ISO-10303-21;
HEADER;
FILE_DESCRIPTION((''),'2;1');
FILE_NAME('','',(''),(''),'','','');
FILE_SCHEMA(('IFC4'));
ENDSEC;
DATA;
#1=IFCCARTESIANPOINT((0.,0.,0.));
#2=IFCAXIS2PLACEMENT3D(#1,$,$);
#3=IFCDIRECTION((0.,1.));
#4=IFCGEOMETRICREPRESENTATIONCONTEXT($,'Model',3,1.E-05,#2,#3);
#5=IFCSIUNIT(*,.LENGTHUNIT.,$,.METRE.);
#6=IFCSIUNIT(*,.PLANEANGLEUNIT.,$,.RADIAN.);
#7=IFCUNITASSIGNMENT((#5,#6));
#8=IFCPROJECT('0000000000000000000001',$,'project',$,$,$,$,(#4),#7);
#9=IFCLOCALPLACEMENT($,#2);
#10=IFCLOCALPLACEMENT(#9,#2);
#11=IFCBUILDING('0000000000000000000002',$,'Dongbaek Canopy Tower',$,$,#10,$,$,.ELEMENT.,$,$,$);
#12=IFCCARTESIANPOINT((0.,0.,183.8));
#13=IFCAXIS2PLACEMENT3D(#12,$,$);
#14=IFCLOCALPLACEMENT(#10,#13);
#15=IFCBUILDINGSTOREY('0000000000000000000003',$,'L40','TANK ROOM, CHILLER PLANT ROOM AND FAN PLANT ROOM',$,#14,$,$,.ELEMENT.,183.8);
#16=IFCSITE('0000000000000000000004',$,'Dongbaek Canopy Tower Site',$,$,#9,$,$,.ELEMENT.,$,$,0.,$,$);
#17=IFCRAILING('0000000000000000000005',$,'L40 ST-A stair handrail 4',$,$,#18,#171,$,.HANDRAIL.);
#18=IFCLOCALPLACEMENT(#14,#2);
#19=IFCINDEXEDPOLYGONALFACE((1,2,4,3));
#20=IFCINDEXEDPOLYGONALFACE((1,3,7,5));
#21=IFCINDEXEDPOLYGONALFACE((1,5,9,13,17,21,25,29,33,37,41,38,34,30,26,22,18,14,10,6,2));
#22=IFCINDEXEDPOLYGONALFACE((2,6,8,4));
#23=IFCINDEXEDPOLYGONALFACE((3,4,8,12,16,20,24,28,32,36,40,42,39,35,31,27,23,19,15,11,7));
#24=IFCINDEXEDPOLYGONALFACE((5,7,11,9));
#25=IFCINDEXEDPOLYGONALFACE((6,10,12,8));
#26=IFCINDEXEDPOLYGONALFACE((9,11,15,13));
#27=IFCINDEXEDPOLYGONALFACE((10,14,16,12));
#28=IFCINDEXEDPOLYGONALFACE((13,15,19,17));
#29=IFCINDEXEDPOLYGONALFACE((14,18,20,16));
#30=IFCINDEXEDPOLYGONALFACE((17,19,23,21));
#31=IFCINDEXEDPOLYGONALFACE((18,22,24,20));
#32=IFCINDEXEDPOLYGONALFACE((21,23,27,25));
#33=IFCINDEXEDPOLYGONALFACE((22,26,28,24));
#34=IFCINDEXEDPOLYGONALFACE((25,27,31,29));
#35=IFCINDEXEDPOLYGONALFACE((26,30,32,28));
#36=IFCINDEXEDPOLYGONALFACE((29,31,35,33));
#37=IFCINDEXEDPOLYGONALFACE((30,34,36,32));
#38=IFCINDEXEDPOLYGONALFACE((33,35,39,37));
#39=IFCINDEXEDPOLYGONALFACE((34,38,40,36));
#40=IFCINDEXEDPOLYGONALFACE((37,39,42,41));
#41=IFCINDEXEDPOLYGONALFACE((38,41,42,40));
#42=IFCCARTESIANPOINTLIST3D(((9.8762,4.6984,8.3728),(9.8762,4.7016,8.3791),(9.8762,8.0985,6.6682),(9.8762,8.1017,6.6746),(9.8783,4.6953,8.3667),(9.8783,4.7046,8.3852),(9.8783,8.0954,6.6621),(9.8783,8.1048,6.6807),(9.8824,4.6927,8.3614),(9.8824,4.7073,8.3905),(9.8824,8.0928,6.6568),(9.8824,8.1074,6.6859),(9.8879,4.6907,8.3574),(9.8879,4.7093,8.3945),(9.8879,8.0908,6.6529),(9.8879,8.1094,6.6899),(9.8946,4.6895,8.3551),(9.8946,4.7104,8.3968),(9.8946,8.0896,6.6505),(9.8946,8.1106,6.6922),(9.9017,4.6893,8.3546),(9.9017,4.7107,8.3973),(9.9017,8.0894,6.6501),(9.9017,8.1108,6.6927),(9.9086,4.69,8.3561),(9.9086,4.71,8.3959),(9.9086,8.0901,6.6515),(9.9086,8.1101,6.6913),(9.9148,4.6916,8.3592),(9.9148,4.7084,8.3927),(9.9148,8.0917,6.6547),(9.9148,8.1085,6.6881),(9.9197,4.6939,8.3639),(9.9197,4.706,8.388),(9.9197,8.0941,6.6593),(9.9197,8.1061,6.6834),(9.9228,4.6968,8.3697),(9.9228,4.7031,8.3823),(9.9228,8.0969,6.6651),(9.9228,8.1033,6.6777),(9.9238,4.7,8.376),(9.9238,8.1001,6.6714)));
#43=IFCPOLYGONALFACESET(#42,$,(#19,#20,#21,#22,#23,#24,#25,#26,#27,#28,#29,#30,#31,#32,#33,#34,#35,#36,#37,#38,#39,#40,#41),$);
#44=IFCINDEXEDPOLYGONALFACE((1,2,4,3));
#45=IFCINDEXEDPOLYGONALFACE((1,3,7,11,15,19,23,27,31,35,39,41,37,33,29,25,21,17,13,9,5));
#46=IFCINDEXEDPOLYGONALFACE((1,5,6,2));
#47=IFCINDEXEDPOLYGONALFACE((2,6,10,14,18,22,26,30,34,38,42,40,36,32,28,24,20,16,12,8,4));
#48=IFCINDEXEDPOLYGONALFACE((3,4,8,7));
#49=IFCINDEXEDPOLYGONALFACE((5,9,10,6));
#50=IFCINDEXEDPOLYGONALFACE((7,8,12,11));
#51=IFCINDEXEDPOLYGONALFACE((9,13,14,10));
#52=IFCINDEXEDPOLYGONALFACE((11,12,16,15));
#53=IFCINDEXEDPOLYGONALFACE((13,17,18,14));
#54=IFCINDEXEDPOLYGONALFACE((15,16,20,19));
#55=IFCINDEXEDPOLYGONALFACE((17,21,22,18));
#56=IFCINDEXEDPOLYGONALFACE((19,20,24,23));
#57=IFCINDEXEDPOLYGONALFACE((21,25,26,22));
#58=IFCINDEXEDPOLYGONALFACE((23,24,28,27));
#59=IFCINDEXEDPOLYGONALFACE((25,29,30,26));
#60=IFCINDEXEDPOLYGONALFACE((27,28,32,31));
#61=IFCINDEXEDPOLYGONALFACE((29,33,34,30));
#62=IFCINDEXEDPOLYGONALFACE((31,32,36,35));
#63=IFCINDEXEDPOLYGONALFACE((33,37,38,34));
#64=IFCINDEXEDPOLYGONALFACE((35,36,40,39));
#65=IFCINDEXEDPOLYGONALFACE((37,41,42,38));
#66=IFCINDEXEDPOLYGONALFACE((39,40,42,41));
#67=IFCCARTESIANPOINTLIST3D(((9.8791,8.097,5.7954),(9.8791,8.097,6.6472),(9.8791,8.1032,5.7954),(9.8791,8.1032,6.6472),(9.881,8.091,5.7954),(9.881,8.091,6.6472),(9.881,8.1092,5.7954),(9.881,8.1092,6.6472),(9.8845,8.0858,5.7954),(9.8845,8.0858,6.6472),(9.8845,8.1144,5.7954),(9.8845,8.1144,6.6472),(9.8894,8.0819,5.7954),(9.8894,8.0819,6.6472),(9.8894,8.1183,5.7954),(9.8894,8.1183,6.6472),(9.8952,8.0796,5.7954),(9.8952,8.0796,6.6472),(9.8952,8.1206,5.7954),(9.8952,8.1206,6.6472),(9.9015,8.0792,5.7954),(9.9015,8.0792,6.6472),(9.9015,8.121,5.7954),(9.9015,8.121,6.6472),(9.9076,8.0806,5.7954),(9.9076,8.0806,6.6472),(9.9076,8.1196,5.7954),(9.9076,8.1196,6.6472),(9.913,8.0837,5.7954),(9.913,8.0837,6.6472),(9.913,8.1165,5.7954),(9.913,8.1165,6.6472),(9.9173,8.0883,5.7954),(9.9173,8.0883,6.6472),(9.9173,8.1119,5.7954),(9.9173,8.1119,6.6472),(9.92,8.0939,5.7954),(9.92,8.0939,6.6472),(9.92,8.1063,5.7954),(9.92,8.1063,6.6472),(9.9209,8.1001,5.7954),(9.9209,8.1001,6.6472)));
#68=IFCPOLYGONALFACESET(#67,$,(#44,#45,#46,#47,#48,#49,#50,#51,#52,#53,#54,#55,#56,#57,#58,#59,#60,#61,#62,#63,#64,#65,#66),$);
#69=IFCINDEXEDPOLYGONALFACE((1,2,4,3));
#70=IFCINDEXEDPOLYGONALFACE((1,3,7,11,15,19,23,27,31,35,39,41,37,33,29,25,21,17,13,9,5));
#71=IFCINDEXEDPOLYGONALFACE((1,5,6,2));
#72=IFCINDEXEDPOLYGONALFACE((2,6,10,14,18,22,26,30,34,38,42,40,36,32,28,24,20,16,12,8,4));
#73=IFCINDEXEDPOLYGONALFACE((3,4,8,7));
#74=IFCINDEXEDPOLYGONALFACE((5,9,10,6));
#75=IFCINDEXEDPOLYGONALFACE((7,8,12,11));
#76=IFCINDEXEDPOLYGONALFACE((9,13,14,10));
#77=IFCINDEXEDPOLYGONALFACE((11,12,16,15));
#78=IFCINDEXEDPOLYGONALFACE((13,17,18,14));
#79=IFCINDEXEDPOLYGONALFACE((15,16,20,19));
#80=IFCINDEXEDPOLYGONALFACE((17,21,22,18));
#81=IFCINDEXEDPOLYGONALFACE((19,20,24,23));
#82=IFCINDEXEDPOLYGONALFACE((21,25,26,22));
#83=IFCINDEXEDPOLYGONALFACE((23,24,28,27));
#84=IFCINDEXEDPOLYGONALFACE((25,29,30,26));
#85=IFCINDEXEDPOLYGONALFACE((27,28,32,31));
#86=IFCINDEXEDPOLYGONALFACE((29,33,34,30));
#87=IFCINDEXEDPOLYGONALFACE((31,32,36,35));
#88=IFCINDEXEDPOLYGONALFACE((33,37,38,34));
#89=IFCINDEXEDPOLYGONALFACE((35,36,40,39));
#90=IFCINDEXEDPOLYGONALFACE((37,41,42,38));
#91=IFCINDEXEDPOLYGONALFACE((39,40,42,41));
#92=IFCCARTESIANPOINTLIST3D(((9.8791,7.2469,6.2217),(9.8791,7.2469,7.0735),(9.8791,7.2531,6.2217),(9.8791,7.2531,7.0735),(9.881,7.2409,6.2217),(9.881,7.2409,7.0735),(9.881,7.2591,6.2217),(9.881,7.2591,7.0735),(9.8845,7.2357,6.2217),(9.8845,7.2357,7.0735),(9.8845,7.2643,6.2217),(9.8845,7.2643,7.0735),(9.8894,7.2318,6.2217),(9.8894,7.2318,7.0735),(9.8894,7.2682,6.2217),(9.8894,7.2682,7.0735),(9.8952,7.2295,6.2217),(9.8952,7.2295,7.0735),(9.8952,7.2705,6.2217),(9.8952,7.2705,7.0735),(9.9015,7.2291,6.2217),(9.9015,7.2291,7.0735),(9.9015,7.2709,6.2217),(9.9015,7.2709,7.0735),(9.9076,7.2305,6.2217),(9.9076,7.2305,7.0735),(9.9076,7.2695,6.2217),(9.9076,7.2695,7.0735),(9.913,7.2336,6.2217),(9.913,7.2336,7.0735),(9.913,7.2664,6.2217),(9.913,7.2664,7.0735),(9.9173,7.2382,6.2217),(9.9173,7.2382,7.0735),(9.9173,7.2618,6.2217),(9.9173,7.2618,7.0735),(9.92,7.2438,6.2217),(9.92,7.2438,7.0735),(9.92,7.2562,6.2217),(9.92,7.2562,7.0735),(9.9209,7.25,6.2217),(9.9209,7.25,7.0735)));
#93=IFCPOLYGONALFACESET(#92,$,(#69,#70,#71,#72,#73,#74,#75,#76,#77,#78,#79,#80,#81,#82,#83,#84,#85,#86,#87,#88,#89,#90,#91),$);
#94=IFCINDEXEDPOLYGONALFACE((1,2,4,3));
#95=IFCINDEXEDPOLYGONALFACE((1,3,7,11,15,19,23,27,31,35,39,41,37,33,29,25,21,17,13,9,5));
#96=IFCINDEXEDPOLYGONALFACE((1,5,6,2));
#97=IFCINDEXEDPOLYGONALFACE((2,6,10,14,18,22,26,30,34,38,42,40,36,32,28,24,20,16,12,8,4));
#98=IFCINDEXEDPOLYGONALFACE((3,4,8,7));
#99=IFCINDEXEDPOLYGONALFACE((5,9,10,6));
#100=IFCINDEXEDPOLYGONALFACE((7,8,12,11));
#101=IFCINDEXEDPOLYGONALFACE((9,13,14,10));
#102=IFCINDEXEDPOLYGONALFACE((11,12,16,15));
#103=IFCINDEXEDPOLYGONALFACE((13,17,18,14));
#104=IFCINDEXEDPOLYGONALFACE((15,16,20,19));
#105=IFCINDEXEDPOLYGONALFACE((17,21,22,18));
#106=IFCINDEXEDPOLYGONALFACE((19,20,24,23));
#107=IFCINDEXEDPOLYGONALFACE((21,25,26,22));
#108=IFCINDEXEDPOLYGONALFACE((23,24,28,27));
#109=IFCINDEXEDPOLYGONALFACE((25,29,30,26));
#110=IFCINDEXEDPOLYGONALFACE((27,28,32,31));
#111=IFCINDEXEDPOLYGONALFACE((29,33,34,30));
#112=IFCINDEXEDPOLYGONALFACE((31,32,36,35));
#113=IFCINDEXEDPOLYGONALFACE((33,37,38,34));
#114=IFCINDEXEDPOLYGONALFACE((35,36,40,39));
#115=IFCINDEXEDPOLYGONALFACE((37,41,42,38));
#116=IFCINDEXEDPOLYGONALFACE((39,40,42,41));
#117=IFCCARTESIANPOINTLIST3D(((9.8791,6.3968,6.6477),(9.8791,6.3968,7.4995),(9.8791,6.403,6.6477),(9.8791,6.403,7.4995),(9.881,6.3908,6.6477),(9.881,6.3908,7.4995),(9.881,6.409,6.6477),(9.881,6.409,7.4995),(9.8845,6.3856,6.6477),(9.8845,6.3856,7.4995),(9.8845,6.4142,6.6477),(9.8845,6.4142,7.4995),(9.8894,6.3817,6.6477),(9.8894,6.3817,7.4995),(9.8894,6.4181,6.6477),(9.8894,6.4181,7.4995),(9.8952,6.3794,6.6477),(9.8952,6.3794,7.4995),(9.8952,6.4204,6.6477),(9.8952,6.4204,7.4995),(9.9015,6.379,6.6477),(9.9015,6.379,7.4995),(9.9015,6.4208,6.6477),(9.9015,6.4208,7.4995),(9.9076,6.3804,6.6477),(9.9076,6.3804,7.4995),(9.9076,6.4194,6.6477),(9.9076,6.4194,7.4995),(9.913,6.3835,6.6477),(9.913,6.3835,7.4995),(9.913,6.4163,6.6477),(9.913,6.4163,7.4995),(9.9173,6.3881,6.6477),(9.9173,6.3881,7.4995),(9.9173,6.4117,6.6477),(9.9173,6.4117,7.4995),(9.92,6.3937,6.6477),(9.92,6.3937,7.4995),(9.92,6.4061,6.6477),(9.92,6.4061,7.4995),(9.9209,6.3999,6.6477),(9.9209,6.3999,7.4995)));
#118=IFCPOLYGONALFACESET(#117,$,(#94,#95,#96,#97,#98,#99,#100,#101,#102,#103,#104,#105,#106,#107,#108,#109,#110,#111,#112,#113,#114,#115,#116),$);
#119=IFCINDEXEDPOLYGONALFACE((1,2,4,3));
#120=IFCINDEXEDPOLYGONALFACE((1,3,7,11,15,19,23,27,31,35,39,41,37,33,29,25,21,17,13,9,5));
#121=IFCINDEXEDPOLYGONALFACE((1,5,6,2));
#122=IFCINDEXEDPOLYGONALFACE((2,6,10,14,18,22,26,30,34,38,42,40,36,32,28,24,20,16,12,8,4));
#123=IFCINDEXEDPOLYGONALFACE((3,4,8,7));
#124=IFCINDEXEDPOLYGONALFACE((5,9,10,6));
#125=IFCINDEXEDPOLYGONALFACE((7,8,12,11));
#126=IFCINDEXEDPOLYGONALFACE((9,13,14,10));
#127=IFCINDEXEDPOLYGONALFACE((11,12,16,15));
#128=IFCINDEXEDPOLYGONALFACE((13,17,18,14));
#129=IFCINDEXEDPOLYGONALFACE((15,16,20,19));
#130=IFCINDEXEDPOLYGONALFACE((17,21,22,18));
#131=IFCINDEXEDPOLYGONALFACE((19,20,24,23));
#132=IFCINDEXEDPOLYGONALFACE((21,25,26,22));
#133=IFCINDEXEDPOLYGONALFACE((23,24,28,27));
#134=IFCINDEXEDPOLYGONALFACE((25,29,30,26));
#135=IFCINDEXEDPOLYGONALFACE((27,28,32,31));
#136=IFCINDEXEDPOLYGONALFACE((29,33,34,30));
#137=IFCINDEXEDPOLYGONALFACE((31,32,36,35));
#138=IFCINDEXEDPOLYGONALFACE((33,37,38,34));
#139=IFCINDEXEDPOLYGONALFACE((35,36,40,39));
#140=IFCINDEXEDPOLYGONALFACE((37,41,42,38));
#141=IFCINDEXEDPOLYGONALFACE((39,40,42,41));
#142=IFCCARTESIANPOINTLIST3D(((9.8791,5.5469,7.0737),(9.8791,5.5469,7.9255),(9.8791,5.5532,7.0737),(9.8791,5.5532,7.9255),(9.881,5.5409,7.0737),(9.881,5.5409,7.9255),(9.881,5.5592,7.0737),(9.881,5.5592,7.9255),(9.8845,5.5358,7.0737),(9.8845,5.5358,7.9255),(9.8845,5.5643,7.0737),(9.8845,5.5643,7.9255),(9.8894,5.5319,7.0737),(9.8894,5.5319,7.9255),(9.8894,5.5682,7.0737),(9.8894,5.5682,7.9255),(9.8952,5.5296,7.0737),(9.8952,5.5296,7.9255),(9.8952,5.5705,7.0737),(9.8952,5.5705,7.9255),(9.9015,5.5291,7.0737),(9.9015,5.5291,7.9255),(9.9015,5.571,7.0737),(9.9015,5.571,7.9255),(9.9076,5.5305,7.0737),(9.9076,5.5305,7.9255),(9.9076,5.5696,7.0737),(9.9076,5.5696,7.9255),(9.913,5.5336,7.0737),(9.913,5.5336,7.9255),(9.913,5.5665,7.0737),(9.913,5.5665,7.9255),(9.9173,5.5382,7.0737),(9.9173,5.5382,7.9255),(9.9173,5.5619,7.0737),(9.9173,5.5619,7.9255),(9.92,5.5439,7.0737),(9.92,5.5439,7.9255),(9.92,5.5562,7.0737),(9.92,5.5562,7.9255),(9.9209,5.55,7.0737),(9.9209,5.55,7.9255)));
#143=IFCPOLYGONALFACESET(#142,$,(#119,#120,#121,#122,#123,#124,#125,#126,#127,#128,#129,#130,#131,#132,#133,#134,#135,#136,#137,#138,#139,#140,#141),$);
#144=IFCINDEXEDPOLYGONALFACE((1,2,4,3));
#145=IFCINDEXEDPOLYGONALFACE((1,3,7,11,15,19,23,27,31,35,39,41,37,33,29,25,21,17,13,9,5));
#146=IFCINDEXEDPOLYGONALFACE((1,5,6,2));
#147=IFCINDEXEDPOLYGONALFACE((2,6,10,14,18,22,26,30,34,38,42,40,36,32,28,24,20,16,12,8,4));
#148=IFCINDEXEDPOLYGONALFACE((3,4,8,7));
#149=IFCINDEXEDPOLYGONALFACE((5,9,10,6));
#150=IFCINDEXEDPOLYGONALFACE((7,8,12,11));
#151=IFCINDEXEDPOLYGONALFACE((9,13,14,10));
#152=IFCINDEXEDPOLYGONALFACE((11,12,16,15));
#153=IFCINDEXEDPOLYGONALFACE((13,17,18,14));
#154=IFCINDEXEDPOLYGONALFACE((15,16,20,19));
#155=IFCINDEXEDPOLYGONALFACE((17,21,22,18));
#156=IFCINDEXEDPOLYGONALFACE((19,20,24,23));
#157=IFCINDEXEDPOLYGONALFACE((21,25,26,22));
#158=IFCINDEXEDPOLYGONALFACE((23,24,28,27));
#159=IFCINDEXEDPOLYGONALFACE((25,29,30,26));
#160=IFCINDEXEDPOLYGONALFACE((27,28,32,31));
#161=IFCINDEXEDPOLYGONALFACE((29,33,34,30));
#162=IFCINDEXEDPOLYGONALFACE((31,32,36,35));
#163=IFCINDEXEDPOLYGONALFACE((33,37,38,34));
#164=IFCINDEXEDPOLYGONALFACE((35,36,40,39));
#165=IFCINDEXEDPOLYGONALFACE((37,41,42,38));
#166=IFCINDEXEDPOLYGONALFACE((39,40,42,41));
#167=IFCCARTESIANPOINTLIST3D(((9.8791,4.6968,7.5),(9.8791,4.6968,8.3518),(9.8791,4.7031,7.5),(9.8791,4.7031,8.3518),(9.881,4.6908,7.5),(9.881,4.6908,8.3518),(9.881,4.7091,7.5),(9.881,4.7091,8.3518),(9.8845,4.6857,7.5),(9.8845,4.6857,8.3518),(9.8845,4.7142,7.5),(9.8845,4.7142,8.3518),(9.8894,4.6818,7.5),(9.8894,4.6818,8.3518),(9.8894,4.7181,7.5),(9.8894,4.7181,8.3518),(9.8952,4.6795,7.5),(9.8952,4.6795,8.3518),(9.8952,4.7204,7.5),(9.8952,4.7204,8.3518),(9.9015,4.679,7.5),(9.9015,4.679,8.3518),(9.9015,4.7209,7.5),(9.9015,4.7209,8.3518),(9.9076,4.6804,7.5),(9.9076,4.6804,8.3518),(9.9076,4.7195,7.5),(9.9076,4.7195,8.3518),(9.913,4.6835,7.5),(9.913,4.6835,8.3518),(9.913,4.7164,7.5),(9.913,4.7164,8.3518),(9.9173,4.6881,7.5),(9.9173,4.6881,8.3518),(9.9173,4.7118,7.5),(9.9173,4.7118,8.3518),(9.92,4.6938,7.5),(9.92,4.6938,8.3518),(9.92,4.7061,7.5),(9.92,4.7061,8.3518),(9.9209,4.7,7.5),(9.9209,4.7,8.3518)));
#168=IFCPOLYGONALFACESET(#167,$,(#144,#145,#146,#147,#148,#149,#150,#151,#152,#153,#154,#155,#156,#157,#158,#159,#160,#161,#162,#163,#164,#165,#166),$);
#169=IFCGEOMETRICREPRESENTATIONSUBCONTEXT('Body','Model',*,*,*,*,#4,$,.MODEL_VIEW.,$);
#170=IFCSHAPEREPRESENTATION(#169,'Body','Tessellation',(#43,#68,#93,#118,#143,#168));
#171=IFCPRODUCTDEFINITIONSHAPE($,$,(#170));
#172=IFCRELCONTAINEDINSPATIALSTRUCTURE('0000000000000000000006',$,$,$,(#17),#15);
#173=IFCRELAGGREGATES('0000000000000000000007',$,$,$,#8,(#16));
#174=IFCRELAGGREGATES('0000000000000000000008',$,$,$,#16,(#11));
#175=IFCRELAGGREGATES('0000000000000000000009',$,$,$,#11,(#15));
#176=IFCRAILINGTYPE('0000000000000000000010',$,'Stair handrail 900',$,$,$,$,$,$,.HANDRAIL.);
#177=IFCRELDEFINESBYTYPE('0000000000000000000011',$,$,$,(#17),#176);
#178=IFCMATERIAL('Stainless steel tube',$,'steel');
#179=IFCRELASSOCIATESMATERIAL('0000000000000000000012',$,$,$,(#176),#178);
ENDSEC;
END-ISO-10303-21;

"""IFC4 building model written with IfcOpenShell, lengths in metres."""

from ifc_helpers import new_model, si_unit, direction, frame, origin, origin_2d, place, context, subcontext, project, spatial, circle, extrude, material, type_object, element, save


model = new_model("IFC4")

# Units and contexts
model_context = context("Model", 3, precision=1e-05, world=origin(), true_north=direction((0.0, 1.0)))
body_context = subcontext(model_context, "Body", "Model", "MODEL_VIEW")
ifc_project = project(units=[si_unit("LENGTHUNIT", "METRE"), si_unit("PLANEANGLEUNIT", "RADIAN")], contexts=[model_context])

# Site, building, storey
site_placement = place(None, origin())
site = spatial("IfcSite", under=ifc_project, at=site_placement, Name="Dongbaek Canopy Tower Site", CompositionType="ELEMENT", RefElevation=0.0)
building_placement = place(site_placement, origin())
building = spatial("IfcBuilding", under=site, at=building_placement, Name="Dongbaek Canopy Tower", CompositionType="ELEMENT")
storey_placement = place(building_placement, frame((0.0, 0.0, 183.8)))
storey = spatial("IfcBuildingStorey", under=building, at=storey_placement, Name="L40", Description="TANK ROOM, CHILLER PLANT ROOM AND FAN PLANT ROOM", CompositionType="ELEMENT", Elevation=183.8)

# Railing
ifc_material_1 = material(Name="Stainless steel tube", Category="steel")
railing_type_1 = type_object("IfcRailingType", Name="Stair handrail 900", PredefinedType="HANDRAIL", material=ifc_material_1)
for number, where, name in (
    (1, (9.8999, 8.1001, 5.7954), "L40 ST-A stair handrail 4"),
):
    element("IfcRailing", number, at=place(storey_placement, frame(where)), inside=storey, type_object=railing_type_1, Name=name, PredefinedType="HANDRAIL", context=body_context, shape_type="SweptSolid", body=[
        extrude(circle(Radius=0.0239, at=origin_2d()), frame((0.0, 0.0, 0.876), z_axis=(0.0, -0.893952, 0.448163), x_axis=(1.0, 0.0, 0.0)), (0.0, 0.0, 1.0), 3.8035),
        extrude(circle(Radius=0.021, at=origin_2d()), origin(), (0.0, 0.0, 1.0), 0.8518),
        extrude(circle(Radius=0.021, at=origin_2d()), frame((0.0, -0.8501, 0.4263)), (0.0, 0.0, 1.0), 0.8518),
        extrude(circle(Radius=0.021, at=origin_2d()), frame((0.0, -1.7002, 0.8523)), (0.0, 0.0, 1.0), 0.8518),
        extrude(circle(Radius=0.021, at=origin_2d()), frame((0.0, -2.55, 1.2783)), (0.0, 0.0, 1.0), 0.8518),
        extrude(circle(Radius=0.021, at=origin_2d()), frame((0.0, -3.4001, 1.7046)), (0.0, 0.0, 1.0), 0.8518),
    ])

save(model, "model.ifc")
